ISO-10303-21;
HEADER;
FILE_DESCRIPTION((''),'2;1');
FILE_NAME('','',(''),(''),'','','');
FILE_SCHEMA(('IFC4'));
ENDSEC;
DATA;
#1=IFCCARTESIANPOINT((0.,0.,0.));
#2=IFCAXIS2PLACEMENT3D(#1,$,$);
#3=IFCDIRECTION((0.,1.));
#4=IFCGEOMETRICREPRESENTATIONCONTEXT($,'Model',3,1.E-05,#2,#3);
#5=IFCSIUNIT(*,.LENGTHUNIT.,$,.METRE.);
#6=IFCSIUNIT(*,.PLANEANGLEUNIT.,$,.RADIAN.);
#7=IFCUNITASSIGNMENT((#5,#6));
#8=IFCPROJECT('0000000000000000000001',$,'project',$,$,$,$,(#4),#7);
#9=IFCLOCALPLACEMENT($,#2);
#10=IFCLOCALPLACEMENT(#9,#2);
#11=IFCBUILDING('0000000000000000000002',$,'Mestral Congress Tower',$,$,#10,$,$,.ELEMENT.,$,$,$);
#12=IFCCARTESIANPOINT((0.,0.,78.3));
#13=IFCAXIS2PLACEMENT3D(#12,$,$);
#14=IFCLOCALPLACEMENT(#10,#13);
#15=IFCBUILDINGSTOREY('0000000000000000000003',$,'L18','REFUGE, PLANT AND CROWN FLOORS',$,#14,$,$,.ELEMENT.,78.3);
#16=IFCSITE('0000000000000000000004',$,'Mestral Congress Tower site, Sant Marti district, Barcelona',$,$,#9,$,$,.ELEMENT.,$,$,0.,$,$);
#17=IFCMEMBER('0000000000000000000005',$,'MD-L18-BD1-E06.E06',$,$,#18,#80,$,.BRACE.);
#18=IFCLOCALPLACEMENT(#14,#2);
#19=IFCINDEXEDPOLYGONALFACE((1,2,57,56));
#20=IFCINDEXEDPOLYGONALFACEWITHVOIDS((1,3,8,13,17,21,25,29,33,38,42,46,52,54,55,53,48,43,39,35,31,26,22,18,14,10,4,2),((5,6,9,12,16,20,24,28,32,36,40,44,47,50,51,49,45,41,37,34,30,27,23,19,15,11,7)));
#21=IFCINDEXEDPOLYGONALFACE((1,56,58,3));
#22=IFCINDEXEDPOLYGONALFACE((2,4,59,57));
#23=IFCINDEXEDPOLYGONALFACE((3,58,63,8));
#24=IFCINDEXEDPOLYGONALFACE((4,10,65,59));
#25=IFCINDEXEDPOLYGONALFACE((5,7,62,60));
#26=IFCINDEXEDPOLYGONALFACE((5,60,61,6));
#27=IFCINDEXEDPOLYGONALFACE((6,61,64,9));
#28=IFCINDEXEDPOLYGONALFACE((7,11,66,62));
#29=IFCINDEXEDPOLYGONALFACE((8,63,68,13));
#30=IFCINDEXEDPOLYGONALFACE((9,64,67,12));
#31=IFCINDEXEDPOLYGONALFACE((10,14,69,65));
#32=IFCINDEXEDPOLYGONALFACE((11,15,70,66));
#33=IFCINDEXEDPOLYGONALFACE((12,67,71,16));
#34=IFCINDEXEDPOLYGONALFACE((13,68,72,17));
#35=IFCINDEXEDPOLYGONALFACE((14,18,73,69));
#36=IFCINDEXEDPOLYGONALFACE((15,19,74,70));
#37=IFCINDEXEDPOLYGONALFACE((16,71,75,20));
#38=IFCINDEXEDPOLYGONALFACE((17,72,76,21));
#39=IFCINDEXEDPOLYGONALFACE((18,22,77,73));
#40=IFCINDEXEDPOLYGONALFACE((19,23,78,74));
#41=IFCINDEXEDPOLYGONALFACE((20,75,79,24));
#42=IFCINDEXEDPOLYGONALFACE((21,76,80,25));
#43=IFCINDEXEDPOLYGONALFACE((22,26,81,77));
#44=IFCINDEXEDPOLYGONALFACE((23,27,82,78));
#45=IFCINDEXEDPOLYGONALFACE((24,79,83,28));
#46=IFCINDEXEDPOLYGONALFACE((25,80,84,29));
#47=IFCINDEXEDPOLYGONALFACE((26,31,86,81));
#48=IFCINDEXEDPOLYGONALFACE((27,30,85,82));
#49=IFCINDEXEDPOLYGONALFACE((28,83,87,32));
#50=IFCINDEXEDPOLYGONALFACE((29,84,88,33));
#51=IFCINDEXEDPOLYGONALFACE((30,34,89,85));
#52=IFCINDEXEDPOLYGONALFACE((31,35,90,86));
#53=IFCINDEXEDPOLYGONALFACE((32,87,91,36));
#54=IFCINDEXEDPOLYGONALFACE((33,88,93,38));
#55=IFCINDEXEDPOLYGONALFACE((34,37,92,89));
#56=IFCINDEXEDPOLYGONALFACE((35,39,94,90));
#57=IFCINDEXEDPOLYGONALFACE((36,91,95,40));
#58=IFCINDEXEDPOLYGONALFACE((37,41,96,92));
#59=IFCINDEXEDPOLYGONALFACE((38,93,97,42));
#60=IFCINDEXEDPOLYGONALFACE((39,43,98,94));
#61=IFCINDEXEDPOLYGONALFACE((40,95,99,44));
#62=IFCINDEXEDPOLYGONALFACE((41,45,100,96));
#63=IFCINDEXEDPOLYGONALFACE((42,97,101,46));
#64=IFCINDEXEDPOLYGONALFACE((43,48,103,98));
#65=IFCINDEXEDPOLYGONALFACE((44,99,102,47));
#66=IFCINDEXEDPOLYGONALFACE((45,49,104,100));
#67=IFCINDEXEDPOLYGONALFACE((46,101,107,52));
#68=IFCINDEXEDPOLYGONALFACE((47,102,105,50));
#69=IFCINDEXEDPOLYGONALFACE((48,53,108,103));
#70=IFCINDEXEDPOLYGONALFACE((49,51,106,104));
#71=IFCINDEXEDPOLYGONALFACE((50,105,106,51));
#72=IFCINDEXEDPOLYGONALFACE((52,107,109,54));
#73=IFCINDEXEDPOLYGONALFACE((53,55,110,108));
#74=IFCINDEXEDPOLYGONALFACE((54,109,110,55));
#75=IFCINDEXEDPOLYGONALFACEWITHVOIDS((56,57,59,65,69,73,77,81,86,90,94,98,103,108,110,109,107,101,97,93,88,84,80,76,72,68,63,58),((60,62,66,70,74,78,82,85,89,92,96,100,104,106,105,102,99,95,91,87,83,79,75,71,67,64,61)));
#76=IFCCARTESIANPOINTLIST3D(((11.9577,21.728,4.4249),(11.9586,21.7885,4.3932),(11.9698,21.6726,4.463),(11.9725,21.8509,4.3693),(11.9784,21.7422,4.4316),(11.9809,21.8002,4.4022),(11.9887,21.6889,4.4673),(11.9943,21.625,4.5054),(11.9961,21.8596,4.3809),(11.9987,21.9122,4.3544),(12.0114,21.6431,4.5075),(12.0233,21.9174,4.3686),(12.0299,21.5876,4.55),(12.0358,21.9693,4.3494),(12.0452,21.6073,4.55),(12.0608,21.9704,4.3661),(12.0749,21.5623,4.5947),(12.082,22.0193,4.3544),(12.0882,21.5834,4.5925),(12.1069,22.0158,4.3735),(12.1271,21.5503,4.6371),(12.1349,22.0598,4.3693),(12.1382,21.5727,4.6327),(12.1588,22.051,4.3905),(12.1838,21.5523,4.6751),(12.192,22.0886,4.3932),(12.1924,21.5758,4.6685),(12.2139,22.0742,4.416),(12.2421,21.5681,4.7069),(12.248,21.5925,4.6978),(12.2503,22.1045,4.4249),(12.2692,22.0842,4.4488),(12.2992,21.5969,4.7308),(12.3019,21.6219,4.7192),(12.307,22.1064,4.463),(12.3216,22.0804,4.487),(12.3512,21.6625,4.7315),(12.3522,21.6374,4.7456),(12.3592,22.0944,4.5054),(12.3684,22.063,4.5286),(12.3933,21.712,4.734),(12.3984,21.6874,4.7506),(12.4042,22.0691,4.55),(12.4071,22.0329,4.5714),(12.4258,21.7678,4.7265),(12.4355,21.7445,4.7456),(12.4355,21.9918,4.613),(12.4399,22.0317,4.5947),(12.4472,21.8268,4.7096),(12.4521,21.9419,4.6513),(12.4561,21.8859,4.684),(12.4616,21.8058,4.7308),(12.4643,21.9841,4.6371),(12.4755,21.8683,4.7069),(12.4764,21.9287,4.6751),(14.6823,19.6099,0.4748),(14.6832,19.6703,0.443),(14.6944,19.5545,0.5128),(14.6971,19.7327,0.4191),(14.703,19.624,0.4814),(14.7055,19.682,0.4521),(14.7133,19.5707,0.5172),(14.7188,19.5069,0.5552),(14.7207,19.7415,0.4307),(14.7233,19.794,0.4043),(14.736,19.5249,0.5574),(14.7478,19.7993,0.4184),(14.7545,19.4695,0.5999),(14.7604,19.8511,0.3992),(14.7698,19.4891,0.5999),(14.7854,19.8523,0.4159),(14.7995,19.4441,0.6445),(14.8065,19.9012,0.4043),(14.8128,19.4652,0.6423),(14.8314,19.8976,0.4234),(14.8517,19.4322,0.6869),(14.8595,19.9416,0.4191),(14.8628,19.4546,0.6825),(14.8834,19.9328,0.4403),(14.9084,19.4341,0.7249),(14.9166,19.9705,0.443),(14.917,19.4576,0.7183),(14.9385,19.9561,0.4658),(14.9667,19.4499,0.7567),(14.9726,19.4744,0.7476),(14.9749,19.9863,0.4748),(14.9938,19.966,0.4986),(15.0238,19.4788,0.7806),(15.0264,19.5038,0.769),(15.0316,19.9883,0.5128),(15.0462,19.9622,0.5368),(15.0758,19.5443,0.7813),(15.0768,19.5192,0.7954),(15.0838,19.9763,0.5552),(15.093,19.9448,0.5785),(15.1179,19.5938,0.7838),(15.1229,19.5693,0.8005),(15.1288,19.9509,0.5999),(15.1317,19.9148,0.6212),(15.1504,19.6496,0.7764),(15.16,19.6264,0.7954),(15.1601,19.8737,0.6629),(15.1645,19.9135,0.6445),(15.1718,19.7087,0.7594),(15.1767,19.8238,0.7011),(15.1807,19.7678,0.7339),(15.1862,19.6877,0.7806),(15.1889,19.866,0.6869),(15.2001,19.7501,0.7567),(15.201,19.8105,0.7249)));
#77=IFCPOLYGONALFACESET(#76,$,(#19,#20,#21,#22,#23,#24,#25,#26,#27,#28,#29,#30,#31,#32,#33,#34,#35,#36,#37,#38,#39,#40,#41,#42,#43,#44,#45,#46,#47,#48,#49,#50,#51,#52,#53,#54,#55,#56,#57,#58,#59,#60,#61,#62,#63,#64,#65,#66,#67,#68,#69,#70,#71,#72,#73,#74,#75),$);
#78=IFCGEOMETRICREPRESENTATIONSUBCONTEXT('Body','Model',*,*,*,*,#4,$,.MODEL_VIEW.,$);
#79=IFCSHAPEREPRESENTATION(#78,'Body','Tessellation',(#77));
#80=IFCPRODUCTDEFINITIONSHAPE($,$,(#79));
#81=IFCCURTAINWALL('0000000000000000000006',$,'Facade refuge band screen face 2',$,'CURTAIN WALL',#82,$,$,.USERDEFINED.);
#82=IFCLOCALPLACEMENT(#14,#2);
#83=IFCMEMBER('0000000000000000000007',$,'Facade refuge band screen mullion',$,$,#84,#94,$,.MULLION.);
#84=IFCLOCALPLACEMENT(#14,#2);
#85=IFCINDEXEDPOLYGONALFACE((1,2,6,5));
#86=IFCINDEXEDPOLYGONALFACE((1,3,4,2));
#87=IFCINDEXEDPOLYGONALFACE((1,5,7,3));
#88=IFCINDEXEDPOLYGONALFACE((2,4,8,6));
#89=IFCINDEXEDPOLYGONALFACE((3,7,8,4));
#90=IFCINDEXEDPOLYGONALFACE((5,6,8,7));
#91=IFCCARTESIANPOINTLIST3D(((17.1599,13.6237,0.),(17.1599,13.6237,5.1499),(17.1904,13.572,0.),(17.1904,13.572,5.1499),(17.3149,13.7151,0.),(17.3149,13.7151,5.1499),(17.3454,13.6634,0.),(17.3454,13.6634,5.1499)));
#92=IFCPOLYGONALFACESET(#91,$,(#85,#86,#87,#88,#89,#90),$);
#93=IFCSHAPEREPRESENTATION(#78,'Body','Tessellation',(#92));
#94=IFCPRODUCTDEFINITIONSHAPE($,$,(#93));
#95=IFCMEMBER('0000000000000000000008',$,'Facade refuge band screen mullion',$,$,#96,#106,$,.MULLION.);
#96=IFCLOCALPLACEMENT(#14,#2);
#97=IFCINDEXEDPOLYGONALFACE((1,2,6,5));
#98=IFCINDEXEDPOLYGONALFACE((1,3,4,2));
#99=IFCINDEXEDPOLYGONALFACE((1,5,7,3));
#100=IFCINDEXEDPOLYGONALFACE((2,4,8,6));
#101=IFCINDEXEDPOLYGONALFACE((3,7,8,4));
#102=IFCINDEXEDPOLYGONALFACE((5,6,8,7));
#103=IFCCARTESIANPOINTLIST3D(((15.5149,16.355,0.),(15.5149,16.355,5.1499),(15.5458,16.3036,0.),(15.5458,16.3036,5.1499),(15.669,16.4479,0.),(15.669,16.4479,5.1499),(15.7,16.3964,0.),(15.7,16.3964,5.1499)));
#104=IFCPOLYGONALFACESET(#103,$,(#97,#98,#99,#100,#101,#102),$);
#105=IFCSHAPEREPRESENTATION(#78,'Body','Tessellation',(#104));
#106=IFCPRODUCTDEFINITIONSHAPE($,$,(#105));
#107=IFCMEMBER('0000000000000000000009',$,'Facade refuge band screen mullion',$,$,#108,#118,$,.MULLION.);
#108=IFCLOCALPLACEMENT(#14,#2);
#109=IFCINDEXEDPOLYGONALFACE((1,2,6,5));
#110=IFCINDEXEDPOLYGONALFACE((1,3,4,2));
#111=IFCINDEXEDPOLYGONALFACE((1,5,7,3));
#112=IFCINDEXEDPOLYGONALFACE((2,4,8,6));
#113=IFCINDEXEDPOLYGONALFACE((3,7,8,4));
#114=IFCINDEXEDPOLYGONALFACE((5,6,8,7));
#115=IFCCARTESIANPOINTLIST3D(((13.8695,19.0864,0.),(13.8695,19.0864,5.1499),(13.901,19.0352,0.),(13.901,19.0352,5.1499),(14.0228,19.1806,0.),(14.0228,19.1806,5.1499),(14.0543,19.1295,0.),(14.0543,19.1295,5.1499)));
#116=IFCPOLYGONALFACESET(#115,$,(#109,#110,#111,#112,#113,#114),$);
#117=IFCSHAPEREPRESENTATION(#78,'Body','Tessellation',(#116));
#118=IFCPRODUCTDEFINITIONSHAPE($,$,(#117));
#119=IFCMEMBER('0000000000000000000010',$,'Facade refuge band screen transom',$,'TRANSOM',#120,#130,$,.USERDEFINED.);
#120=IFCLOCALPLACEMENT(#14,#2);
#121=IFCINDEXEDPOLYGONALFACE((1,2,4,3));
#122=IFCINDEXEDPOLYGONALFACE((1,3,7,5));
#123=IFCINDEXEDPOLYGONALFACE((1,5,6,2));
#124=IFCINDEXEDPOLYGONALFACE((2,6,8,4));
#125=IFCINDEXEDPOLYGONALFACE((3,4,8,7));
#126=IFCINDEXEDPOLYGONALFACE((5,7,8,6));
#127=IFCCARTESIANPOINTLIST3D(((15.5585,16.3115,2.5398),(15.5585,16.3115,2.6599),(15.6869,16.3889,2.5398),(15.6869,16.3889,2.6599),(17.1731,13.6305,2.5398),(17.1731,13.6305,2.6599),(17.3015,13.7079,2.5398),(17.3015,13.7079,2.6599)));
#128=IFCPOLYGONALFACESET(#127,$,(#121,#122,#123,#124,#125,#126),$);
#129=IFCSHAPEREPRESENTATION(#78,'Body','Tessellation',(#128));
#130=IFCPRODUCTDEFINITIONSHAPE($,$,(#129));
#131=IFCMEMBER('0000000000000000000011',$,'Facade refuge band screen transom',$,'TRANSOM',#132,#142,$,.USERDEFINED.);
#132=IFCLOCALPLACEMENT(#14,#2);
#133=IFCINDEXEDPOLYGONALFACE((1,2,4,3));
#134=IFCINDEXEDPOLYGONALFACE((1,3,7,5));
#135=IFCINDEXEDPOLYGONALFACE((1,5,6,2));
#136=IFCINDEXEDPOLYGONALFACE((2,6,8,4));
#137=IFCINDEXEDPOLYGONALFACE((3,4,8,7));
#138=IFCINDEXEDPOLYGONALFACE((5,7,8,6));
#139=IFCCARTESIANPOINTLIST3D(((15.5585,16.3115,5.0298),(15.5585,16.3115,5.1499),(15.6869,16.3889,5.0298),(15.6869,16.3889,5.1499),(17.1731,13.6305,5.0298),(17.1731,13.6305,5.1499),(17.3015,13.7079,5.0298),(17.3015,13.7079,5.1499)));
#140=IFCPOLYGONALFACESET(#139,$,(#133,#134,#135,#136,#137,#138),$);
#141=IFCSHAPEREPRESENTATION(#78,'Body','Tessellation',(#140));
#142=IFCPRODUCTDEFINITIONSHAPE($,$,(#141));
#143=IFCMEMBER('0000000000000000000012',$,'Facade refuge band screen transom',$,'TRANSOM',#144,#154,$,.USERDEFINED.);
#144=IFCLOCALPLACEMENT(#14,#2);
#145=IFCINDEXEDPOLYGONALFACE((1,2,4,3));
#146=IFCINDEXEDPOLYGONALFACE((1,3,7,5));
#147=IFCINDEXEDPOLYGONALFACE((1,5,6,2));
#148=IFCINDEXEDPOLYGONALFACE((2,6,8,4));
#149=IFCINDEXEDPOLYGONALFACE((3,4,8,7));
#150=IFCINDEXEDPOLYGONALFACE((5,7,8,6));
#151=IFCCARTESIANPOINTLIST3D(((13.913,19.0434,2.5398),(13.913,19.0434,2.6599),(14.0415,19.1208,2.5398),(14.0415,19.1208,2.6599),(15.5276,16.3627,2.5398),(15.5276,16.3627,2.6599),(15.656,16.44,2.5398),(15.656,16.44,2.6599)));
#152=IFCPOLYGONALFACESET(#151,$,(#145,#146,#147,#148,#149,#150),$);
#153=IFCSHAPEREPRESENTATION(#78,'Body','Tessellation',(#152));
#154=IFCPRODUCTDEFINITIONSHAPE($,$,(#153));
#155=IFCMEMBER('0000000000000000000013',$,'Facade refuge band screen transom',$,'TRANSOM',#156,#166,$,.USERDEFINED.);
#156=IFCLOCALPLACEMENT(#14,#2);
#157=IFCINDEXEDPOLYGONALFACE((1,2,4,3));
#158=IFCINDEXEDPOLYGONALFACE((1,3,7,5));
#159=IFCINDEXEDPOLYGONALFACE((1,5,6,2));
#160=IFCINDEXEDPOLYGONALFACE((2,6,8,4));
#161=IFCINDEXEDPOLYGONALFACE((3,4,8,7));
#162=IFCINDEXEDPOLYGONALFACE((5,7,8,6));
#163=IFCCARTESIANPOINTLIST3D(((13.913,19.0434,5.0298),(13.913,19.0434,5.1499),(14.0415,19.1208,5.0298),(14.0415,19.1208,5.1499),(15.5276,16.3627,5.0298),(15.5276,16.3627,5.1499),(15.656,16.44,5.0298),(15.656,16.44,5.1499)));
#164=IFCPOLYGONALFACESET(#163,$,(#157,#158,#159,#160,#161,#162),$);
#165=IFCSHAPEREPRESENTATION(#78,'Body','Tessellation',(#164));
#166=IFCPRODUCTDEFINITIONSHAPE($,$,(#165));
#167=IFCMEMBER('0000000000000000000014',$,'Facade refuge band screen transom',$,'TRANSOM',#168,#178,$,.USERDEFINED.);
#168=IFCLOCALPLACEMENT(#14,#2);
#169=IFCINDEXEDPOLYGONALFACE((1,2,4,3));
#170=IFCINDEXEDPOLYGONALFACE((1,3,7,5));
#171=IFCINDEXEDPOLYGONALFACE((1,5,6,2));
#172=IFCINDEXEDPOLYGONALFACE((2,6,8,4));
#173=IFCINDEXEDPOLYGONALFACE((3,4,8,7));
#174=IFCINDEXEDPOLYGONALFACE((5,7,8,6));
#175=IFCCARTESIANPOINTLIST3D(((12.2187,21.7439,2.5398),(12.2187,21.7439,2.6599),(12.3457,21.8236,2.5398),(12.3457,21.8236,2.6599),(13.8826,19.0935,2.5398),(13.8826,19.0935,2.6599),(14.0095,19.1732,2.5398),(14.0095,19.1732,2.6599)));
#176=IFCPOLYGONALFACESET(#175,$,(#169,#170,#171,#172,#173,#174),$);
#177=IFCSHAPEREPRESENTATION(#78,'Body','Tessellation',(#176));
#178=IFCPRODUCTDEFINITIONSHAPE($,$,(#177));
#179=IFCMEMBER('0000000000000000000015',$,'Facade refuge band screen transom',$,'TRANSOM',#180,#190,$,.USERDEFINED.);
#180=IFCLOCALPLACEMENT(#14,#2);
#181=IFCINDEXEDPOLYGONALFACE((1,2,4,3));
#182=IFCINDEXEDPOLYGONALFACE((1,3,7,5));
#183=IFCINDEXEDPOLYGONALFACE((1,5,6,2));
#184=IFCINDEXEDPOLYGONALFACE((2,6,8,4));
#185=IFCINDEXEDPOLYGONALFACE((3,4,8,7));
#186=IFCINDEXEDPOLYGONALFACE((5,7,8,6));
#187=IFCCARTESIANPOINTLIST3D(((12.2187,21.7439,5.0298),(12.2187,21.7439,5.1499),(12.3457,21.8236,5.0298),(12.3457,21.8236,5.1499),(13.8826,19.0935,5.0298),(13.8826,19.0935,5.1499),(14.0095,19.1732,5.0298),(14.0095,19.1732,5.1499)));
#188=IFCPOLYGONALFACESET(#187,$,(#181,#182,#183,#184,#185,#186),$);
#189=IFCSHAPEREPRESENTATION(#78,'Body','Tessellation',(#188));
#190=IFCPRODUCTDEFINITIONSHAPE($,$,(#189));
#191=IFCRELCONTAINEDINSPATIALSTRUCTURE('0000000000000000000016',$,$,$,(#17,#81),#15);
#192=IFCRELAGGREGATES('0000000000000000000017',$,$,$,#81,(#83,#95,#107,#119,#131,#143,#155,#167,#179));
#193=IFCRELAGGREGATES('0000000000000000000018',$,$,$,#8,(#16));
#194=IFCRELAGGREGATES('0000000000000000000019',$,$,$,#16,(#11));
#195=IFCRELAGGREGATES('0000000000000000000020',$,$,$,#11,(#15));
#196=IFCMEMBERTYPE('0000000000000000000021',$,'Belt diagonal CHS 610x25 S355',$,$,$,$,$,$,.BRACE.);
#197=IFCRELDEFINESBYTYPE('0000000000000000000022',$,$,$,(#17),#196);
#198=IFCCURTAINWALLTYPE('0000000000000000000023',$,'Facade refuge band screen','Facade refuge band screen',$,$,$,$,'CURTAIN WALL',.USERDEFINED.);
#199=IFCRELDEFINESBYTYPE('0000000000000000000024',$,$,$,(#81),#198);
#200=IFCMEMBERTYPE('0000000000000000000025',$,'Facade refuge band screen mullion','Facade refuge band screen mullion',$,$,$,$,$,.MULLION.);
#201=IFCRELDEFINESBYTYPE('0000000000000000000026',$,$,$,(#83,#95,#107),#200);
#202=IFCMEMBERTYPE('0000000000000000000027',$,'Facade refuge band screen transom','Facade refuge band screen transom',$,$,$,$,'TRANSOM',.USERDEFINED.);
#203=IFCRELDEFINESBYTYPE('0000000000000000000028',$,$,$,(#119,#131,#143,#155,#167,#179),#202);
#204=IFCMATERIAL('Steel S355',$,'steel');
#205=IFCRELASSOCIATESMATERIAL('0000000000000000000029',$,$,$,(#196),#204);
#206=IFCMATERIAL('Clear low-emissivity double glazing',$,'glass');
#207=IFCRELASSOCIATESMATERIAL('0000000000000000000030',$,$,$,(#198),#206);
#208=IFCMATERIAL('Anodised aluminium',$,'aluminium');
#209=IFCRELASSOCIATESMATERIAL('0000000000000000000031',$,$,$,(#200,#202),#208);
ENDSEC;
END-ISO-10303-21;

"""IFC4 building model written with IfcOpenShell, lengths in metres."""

from ifc_helpers import new_model, si_unit, direction, frame, origin, origin_2d, place, context, subcontext, project, spatial, rectangle, hollow_circle, extrude, material, material_profile, profile_set, type_object, element, aggregate, save


model = new_model("IFC4")

# Units and contexts
model_context = context("Model", 3, precision=1e-05, world=origin(), true_north=direction((0.0, 1.0)))
body_context = subcontext(model_context, "Body", "Model", "MODEL_VIEW")
ifc_project = project(units=[si_unit("LENGTHUNIT", "METRE"), si_unit("PLANEANGLEUNIT", "RADIAN")], contexts=[model_context])

# Site, building, storey
site_placement = place(None, origin())
site = spatial("IfcSite", under=ifc_project, at=site_placement, Name="Mestral Congress Tower site, Sant Marti district, Barcelona", CompositionType="ELEMENT", RefElevation=0.0)
building_placement = place(site_placement, origin())
building = spatial("IfcBuilding", under=site, at=building_placement, Name="Mestral Congress Tower", CompositionType="ELEMENT")
storey_placement = place(building_placement, frame((0.0, 0.0, 78.3)))
storey = spatial("IfcBuildingStorey", under=building, at=storey_placement, Name="L18", Description="REFUGE, PLANT AND CROWN FLOORS", CompositionType="ELEMENT", Elevation=78.3)

# Member
ifc_material_1 = material(Name="Steel S355", Category="steel")
ifc_material_profile_1 = material_profile(ifc_material_1, hollow_circle(Radius=0.3049, WallThickness=0.0249, at=origin_2d()), Name="CHS 610x25")
ifc_profile_set_1 = profile_set([ifc_material_profile_1], Name="Steel S355")
member_type_1 = type_object("IfcMemberType", Name="Belt diagonal CHS 610x25 S355", PredefinedType="BRACE", material=ifc_profile_set_1)
member_1_placement = place(storey_placement, frame((14.9417, 19.7102, 0.5999), z_axis=(-0.519429, 0.403814, 0.753079), x_axis=(-0.613764, -0.789489, 0.0)))
element("IfcMember", 1, at=member_1_placement, inside=storey, type_object=member_type_1, Name="MD-L18-BD1-E06.E06", PredefinedType="BRACE", context=body_context, shape_type="SweptSolid", body=[
    extrude(hollow_circle(Radius=0.3049, WallThickness=0.0249, at=origin_2d()), origin(), (0.0, 0.0, 1.0), 5.2454),
])

# Curtain wall, members
ifc_material_2 = material(Name="Clear low-emissivity double glazing", Category="glass")
curtain_wall_type = type_object("IfcCurtainWallType", Name="Facade refuge band screen", Description="Facade refuge band screen", ElementType="CURTAIN WALL", PredefinedType="USERDEFINED", material=ifc_material_2)
curtain_wall_placement = place(storey_placement, origin())
curtain_wall = element("IfcCurtainWall", 2, at=curtain_wall_placement, inside=storey, type_object=curtain_wall_type, Name="Facade refuge band screen face 2", ObjectType="CURTAIN WALL", PredefinedType="USERDEFINED")
ifc_material_3 = material(Name="Anodised aluminium", Category="aluminium")
ifc_material_profile_2 = material_profile(ifc_material_3, rectangle(XDim=0.1799, YDim=0.0601, at=origin_2d()), Name="CW3 mullion 180 x 60")
ifc_profile_set_2 = profile_set([ifc_material_profile_2], Name="Anodised aluminium")
member_type_2 = type_object("IfcMemberType", Name="Facade refuge band screen mullion", Description="Facade refuge band screen mullion", PredefinedType="MULLION", material=ifc_profile_set_2)
member_2_placement = place(storey_placement, frame((17.2527, 13.6436, 0.0), z_axis=(0.0, 0.0, 1.0), x_axis=(0.861367, 0.507983, 0.0)))
member_2 = element("IfcMember", 3, at=member_2_placement, type_object=member_type_2, Name="Facade refuge band screen mullion", PredefinedType="MULLION", context=body_context, shape_type="SweptSolid", body=[
    extrude(rectangle(XDim=0.1799, YDim=0.0601, at=origin_2d()), origin(), (0.0, 0.0, 1.0), 5.1499),
])
member_3_placement = place(storey_placement, frame((15.6074, 16.3757, 0.0), z_axis=(0.0, 0.0, 1.0), x_axis=(0.856635, 0.515923, 0.0)))
member_3 = element("IfcMember", 4, at=member_3_placement, type_object=member_type_2, Name="Facade refuge band screen mullion", PredefinedType="MULLION", context=body_context, shape_type="SweptSolid", body=[
    extrude(rectangle(XDim=0.1799, YDim=0.0601, at=origin_2d()), origin(), (0.0, 0.0, 1.0), 5.1499),
])
member_4_placement = place(storey_placement, frame((13.9619, 19.1079, 0.0), z_axis=(0.0, 0.0, 1.0), x_axis=(0.851829, 0.523819, 0.0)))
member_4 = element("IfcMember", 5, at=member_4_placement, type_object=member_type_2, Name="Facade refuge band screen mullion", PredefinedType="MULLION", context=body_context, shape_type="SweptSolid", body=[
    extrude(rectangle(XDim=0.1799, YDim=0.0601, at=origin_2d()), origin(), (0.0, 0.0, 1.0), 5.1499),
])
ifc_material_profile_3 = material_profile(ifc_material_3, rectangle(XDim=0.1499, YDim=0.1201, at=origin_2d()), Name="CW3 transom 150 x 120")
ifc_profile_set_3 = profile_set([ifc_material_profile_3], Name="Anodised aluminium")
member_type_3 = type_object("IfcMemberType", Name="Facade refuge band screen transom", Description="Facade refuge band screen transom", ElementType="TRANSOM", PredefinedType="USERDEFINED", material=ifc_profile_set_3)
member_5_placement = place(storey_placement, frame((17.2373, 13.6692, 2.5999), z_axis=(-0.515895, 0.856652, 0.0), x_axis=(-0.856652, -0.515895, 0.0)))
member_5 = element("IfcMember", 6, at=member_5_placement, type_object=member_type_3, Name="Facade refuge band screen transom", ObjectType="TRANSOM", PredefinedType="USERDEFINED", context=body_context, shape_type="SweptSolid", body=[
    extrude(rectangle(XDim=0.1499, YDim=0.1201, at=origin_2d()), origin(), (0.0, 0.0, 1.0), 3.1296),
])
member_6_placement = place(storey_placement, frame((17.2373, 13.6692, 5.0898), z_axis=(-0.515895, 0.856652, 0.0), x_axis=(-0.856652, -0.515895, 0.0)))
member_6 = element("IfcMember", 7, at=member_6_placement, type_object=member_type_3, Name="Facade refuge band screen transom", ObjectType="TRANSOM", PredefinedType="USERDEFINED", context=body_context, shape_type="SweptSolid", body=[
    extrude(rectangle(XDim=0.1499, YDim=0.1201, at=origin_2d()), origin(), (0.0, 0.0, 1.0), 3.1296),
])
member_7_placement = place(storey_placement, frame((15.5918, 16.4014, 2.5999), z_axis=(-0.515929, 0.856631, 0.0), x_axis=(-0.856631, -0.515929, 0.0)))
member_7 = element("IfcMember", 8, at=member_7_placement, type_object=member_type_3, Name="Facade refuge band screen transom", ObjectType="TRANSOM", PredefinedType="USERDEFINED", context=body_context, shape_type="SweptSolid", body=[
    extrude(rectangle(XDim=0.1499, YDim=0.1201, at=origin_2d()), origin(), (0.0, 0.0, 1.0), 3.1294),
])
member_8_placement = place(storey_placement, frame((15.5918, 16.4014, 5.0898), z_axis=(-0.515929, 0.856631, 0.0), x_axis=(-0.856631, -0.515929, 0.0)))
member_8 = element("IfcMember", 9, at=member_8_placement, type_object=member_type_3, Name="Facade refuge band screen transom", ObjectType="TRANSOM", PredefinedType="USERDEFINED", context=body_context, shape_type="SweptSolid", body=[
    extrude(rectangle(XDim=0.1499, YDim=0.1201, at=origin_2d()), origin(), (0.0, 0.0, 1.0), 3.1294),
])
member_9_placement = place(storey_placement, frame((13.946, 19.1333, 2.5999), z_axis=(-0.531681, 0.846945, 0.0), x_axis=(-0.846945, -0.531681, 0.0)))
member_9 = element("IfcMember", 10, at=member_9_placement, type_object=member_type_3, Name="Facade refuge band screen transom", ObjectType="TRANSOM", PredefinedType="USERDEFINED", context=body_context, shape_type="SweptSolid", body=[
    extrude(rectangle(XDim=0.1499, YDim=0.1201, at=origin_2d()), origin(), (0.0, 0.0, 1.0), 3.1294),
])
member_10_placement = place(storey_placement, frame((13.946, 19.1333, 5.0898), z_axis=(-0.531681, 0.846945, 0.0), x_axis=(-0.846945, -0.531681, 0.0)))
member_10 = element("IfcMember", 11, at=member_10_placement, type_object=member_type_3, Name="Facade refuge band screen transom", ObjectType="TRANSOM", PredefinedType="USERDEFINED", context=body_context, shape_type="SweptSolid", body=[
    extrude(rectangle(XDim=0.1499, YDim=0.1201, at=origin_2d()), origin(), (0.0, 0.0, 1.0), 3.1294),
])

aggregate(curtain_wall, [member_2, member_3, member_4, member_5, member_6, member_7, member_8, member_9, member_10])

save(model, "model.ifc")
